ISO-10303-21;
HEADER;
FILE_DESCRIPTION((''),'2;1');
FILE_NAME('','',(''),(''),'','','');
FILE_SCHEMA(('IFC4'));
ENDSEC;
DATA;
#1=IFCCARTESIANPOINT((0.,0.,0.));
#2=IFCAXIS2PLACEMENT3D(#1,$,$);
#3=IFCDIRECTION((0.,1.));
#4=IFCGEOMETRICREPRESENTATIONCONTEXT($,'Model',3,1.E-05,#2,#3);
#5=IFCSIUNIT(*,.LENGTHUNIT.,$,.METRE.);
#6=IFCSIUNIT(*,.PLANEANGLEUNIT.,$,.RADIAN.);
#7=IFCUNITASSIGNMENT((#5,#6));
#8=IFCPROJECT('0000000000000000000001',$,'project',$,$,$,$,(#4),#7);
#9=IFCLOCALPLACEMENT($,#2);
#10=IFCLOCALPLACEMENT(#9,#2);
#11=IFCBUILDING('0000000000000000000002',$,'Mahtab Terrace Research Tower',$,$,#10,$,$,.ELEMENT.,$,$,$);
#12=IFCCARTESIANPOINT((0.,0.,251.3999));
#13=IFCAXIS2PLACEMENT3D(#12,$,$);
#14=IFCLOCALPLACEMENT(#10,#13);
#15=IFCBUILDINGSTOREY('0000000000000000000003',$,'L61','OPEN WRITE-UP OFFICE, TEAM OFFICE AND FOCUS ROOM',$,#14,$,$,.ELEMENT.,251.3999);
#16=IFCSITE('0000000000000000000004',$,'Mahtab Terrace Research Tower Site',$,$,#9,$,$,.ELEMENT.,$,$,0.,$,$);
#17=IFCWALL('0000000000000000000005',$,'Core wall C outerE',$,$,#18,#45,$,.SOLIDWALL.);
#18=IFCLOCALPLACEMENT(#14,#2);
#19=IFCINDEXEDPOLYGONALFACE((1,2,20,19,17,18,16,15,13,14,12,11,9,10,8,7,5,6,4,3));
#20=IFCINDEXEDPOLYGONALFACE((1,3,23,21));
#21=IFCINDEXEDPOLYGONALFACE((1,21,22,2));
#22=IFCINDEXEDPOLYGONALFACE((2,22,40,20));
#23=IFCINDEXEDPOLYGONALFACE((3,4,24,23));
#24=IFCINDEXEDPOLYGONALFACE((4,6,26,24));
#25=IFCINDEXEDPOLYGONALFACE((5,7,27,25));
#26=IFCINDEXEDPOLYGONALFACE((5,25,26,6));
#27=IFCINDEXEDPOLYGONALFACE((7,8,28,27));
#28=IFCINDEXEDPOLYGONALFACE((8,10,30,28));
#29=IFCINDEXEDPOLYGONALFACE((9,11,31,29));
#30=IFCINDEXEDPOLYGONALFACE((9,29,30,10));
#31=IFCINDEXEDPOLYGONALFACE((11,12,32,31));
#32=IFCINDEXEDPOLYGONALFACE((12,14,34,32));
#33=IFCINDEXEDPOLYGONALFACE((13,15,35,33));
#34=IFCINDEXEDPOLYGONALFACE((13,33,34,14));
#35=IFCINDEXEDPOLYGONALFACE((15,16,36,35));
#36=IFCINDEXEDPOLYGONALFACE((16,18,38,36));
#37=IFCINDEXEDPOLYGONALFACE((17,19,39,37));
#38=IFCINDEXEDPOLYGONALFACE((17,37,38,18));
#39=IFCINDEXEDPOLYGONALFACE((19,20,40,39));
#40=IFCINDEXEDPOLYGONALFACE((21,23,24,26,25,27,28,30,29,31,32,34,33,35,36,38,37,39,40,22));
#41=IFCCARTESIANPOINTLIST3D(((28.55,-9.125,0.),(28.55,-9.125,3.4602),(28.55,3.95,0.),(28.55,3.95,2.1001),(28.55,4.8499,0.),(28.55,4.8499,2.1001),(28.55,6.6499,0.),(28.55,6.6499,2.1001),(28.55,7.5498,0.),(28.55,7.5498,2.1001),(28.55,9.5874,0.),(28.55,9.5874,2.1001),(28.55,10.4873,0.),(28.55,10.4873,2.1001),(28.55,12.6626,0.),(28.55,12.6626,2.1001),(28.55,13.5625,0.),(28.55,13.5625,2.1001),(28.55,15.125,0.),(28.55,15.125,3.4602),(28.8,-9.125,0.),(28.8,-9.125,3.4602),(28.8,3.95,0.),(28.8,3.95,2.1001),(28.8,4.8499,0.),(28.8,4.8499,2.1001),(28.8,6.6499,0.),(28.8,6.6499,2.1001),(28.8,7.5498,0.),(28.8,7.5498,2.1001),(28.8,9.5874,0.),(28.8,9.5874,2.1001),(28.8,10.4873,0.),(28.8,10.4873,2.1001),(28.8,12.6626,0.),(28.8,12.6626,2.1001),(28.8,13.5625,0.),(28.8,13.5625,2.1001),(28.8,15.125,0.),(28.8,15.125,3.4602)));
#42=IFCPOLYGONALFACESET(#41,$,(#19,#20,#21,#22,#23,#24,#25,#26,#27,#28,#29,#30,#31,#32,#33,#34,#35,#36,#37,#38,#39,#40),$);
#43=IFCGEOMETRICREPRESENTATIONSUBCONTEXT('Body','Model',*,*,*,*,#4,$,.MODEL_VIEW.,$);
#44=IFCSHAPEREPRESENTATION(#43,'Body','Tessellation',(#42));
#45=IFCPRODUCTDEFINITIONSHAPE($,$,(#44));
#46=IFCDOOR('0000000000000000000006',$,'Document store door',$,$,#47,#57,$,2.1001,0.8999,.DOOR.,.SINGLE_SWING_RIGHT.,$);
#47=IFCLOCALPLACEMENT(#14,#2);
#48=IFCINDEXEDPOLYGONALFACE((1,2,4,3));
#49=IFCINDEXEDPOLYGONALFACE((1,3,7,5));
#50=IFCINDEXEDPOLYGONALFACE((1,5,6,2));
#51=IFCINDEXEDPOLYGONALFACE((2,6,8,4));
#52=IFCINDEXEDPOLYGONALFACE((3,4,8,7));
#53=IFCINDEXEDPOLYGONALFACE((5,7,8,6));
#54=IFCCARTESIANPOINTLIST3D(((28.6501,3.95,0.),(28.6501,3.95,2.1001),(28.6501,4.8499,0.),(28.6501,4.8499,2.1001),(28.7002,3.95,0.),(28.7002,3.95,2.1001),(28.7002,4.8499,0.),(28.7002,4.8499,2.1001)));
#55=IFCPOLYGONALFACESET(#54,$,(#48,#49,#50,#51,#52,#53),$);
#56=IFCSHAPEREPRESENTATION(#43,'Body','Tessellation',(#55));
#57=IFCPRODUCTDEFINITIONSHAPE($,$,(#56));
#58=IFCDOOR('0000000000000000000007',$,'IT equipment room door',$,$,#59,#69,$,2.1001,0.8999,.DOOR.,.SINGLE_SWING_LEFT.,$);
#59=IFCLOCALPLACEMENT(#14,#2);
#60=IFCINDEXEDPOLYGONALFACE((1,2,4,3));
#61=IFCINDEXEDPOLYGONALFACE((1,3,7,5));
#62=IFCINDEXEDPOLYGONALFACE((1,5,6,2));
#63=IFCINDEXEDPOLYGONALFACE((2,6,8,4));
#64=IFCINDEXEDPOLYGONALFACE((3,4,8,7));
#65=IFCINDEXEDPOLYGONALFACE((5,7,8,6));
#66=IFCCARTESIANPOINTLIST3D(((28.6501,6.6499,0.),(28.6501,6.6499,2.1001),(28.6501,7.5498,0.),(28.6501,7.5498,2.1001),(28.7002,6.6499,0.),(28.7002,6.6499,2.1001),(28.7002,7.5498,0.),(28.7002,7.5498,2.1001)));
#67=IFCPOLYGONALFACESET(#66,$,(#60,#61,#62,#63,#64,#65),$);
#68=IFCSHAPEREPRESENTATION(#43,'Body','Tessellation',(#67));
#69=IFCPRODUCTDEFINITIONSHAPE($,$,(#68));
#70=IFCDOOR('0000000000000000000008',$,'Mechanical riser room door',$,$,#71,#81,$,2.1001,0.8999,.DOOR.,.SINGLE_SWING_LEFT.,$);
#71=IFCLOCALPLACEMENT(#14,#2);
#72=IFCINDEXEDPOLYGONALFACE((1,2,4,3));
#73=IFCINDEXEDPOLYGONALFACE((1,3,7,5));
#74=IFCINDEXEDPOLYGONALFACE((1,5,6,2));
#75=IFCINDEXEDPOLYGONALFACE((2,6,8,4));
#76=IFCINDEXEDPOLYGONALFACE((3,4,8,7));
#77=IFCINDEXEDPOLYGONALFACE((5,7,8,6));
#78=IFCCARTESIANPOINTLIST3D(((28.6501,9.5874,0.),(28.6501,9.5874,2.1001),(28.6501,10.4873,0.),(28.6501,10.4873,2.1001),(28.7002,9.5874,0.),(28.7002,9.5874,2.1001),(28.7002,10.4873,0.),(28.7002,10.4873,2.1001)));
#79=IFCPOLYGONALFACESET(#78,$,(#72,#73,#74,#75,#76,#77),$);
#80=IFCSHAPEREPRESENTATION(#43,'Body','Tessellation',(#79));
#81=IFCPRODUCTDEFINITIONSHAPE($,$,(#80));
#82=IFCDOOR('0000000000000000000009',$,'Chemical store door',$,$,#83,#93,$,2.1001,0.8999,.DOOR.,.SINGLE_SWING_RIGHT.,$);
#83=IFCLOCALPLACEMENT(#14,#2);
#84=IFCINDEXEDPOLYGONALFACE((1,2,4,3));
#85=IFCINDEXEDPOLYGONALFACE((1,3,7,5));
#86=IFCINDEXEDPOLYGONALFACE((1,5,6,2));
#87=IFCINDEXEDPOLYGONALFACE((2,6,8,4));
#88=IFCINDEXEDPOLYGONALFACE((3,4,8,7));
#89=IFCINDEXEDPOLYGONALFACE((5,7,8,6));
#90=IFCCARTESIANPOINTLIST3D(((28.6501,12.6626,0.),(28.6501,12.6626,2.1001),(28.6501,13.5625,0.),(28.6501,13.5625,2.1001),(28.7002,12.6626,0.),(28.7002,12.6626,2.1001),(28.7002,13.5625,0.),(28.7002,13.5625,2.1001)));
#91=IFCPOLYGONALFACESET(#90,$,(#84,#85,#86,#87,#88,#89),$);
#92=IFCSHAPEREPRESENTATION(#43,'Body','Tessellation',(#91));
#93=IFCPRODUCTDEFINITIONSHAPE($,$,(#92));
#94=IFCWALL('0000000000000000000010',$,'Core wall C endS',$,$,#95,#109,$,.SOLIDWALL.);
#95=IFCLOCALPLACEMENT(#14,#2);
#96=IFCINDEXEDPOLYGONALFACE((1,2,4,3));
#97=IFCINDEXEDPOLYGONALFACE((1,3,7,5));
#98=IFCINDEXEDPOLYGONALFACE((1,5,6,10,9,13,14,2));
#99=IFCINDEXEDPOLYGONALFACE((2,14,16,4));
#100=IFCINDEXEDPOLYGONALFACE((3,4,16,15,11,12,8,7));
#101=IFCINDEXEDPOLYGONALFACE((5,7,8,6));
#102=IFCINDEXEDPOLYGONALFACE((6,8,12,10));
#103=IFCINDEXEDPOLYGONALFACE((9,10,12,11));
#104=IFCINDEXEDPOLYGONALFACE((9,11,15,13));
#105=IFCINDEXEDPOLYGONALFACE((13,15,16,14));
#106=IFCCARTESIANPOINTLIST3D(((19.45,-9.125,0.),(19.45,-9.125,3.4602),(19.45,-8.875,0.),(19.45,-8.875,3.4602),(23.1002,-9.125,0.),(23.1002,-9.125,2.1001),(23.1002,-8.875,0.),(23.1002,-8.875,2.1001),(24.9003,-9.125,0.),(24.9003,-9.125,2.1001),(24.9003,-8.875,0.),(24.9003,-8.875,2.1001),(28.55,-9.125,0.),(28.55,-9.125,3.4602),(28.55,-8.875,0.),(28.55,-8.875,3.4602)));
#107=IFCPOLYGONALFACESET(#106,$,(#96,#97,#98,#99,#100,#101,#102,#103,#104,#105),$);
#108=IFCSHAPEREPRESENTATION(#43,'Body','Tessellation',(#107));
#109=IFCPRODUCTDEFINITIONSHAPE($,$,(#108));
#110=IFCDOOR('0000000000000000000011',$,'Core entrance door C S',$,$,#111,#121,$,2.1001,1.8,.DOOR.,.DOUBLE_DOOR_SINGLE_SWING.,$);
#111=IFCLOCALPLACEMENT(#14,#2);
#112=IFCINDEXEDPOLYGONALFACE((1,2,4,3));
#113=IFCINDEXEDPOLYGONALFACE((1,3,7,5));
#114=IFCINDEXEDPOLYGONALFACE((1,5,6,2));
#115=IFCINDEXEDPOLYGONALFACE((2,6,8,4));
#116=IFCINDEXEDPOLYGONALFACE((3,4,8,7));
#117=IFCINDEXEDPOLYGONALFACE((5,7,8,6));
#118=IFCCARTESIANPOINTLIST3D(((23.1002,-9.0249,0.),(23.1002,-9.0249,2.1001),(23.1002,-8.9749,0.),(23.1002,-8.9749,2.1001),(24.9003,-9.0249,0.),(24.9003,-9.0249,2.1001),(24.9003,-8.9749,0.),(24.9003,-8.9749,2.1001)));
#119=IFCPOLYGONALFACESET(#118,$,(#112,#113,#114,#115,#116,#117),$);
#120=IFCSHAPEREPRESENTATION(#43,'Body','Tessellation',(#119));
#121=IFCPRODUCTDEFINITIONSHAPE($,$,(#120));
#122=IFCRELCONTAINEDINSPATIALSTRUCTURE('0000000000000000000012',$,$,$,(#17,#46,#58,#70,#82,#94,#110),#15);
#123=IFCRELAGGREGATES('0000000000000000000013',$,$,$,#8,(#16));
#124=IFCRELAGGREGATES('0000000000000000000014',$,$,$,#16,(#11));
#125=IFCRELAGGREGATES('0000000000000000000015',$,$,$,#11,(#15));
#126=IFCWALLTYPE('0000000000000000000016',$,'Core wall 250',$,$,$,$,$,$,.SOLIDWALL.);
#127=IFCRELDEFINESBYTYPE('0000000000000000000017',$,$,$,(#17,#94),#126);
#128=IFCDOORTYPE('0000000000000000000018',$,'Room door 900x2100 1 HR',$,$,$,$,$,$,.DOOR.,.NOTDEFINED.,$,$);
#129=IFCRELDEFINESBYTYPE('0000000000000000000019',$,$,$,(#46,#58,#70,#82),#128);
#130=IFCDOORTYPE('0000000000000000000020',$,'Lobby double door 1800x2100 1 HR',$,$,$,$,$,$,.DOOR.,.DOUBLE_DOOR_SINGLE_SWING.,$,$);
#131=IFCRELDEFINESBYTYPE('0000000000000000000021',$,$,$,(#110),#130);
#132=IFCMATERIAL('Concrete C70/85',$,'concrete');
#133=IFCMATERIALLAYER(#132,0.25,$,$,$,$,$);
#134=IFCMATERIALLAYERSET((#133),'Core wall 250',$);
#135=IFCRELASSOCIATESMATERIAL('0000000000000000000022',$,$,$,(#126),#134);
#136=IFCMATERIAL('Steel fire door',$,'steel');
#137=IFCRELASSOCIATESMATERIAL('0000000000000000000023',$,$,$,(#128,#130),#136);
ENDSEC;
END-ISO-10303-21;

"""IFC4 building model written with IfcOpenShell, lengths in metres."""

from ifc_helpers import new_model, si_unit, direction, frame, frame_2d, origin, place, context, subcontext, project, spatial, rectangle, extrude, material, layer, layer_set, type_object, element, fill, save


model = new_model("IFC4")

# Units and contexts
model_context = context("Model", 3, precision=1e-05, world=origin(), true_north=direction((0.0, 1.0)))
body_context = subcontext(model_context, "Body", "Model", "MODEL_VIEW")
ifc_project = project(units=[si_unit("LENGTHUNIT", "METRE"), si_unit("PLANEANGLEUNIT", "RADIAN")], contexts=[model_context])

# Site, building, storey
site_placement = place(None, origin())
site = spatial("IfcSite", under=ifc_project, at=site_placement, Name="Mahtab Terrace Research Tower Site", CompositionType="ELEMENT", RefElevation=0.0)
building_placement = place(site_placement, origin())
building = spatial("IfcBuilding", under=site, at=building_placement, Name="Mahtab Terrace Research Tower", CompositionType="ELEMENT")
storey_placement = place(building_placement, frame((0.0, 0.0, 251.3999)))
storey = spatial("IfcBuildingStorey", under=building, at=storey_placement, Name="L61", Description="OPEN WRITE-UP OFFICE, TEAM OFFICE AND FOCUS ROOM", CompositionType="ELEMENT", Elevation=251.3999)

# Shared definitions
ifc_material_1 = material(Name="Concrete C70/85", Category="concrete")

# Wall, openings, doors
ifc_layer_1 = layer(ifc_material_1, 0.25)
ifc_layer_set_1 = layer_set([ifc_layer_1], Name="Core wall 250")
wall_type_1 = type_object("IfcWallType", Name="Core wall 250", PredefinedType="SOLIDWALL", material=ifc_layer_set_1)
wall_1_placement = place(storey_placement, frame((28.675, -9.125, 0.0), z_axis=(0.0, 0.0, 1.0), x_axis=(0.0, 1.0, 0.0)))
wall_1 = element("IfcWall", 1, at=wall_1_placement, inside=storey, type_object=wall_type_1, Name="Core wall C outerE", PredefinedType="SOLIDWALL", context=body_context, shape_type="SweptSolid", body=[
    extrude(rectangle(XDim=24.25, YDim=0.25, at=frame_2d((12.125, 0.0))), origin(), (0.0, 0.0, 1.0), 3.4602),
])
opening_1_placement = place(wall_1_placement, frame((13.075, 0.0, 0.0)))
opening_1 = element("IfcOpeningElement", 2, at=opening_1_placement, cuts=wall_1, PredefinedType="OPENING", context=body_context, shape_type="SweptSolid", body=[
    extrude(rectangle(XDim=0.8999, YDim=2.1001, at=frame_2d((0.45, 1.05))), frame((0.0, 0.135, 0.0), z_axis=(0.0, -1.0, 0.0), x_axis=(1.0, 0.0, 0.0)), (0.0, 0.0, 1.0), 0.27),
])
opening_2_placement = place(wall_1_placement, frame((15.7749, 0.0, 0.0)))
opening_2 = element("IfcOpeningElement", 3, at=opening_2_placement, cuts=wall_1, PredefinedType="OPENING", context=body_context, shape_type="SweptSolid", body=[
    extrude(rectangle(XDim=0.8999, YDim=2.1001, at=frame_2d((0.45, 1.05))), frame((0.0, 0.135, 0.0), z_axis=(0.0, -1.0, 0.0), x_axis=(1.0, 0.0, 0.0)), (0.0, 0.0, 1.0), 0.27),
])
opening_3_placement = place(wall_1_placement, frame((18.7124, 0.0, 0.0)))
opening_3 = element("IfcOpeningElement", 4, at=opening_3_placement, cuts=wall_1, PredefinedType="OPENING", context=body_context, shape_type="SweptSolid", body=[
    extrude(rectangle(XDim=0.8999, YDim=2.1001, at=frame_2d((0.45, 1.05))), frame((0.0, 0.135, 0.0), z_axis=(0.0, -1.0, 0.0), x_axis=(1.0, 0.0, 0.0)), (0.0, 0.0, 1.0), 0.27),
])
opening_4_placement = place(wall_1_placement, frame((21.7876, 0.0, 0.0)))
opening_4 = element("IfcOpeningElement", 5, at=opening_4_placement, cuts=wall_1, PredefinedType="OPENING", context=body_context, shape_type="SweptSolid", body=[
    extrude(rectangle(XDim=0.8999, YDim=2.1001, at=frame_2d((0.45, 1.05))), frame((0.0, 0.135, 0.0), z_axis=(0.0, -1.0, 0.0), x_axis=(1.0, 0.0, 0.0)), (0.0, 0.0, 1.0), 0.27),
])
ifc_material_2 = material(Name="Steel fire door", Category="steel")
door_type_1 = type_object("IfcDoorType", Name="Room door 900x2100 1 HR", OperationType="NOTDEFINED", PredefinedType="DOOR", material=ifc_material_2)
door_1_placement = place(opening_1_placement, origin())
door_1 = element("IfcDoor", 6, at=door_1_placement, inside=storey, type_object=door_type_1, Name="Document store door", OperationType="SINGLE_SWING_RIGHT", OverallHeight=2.1001, OverallWidth=0.8999, PredefinedType="DOOR", context=body_context, shape_type="SweptSolid", body=[
    extrude(rectangle(XDim=0.8999, YDim=2.1001, at=frame_2d((0.45, 1.05))), frame((0.0, 0.0249, 0.0), z_axis=(0.0, -1.0, 0.0), x_axis=(1.0, 0.0, 0.0)), (0.0, 0.0, 1.0), 0.05),
])
fill(opening_1, door_1)
door_2_placement = place(opening_2_placement, origin())
door_2 = element("IfcDoor", 7, at=door_2_placement, inside=storey, type_object=door_type_1, Name="IT equipment room door", OperationType="SINGLE_SWING_LEFT", OverallHeight=2.1001, OverallWidth=0.8999, PredefinedType="DOOR", context=body_context, shape_type="SweptSolid", body=[
    extrude(rectangle(XDim=0.8999, YDim=2.1001, at=frame_2d((0.45, 1.05))), frame((0.0, 0.0249, 0.0), z_axis=(0.0, -1.0, 0.0), x_axis=(1.0, 0.0, 0.0)), (0.0, 0.0, 1.0), 0.05),
])
fill(opening_2, door_2)
door_3_placement = place(opening_3_placement, origin())
door_3 = element("IfcDoor", 8, at=door_3_placement, inside=storey, type_object=door_type_1, Name="Mechanical riser room door", OperationType="SINGLE_SWING_LEFT", OverallHeight=2.1001, OverallWidth=0.8999, PredefinedType="DOOR", context=body_context, shape_type="SweptSolid", body=[
    extrude(rectangle(XDim=0.8999, YDim=2.1001, at=frame_2d((0.45, 1.05))), frame((0.0, 0.0249, 0.0), z_axis=(0.0, -1.0, 0.0), x_axis=(1.0, 0.0, 0.0)), (0.0, 0.0, 1.0), 0.05),
])
fill(opening_3, door_3)
door_4_placement = place(opening_4_placement, origin())
door_4 = element("IfcDoor", 9, at=door_4_placement, inside=storey, type_object=door_type_1, Name="Chemical store door", OperationType="SINGLE_SWING_RIGHT", OverallHeight=2.1001, OverallWidth=0.8999, PredefinedType="DOOR", context=body_context, shape_type="SweptSolid", body=[
    extrude(rectangle(XDim=0.8999, YDim=2.1001, at=frame_2d((0.45, 1.05))), frame((0.0, 0.0249, 0.0), z_axis=(0.0, -1.0, 0.0), x_axis=(1.0, 0.0, 0.0)), (0.0, 0.0, 1.0), 0.05),
])
fill(opening_4, door_4)

# Wall, opening, door
wall_2_placement = place(storey_placement, frame((28.55, -9.0, 0.0), z_axis=(0.0, 0.0, 1.0), x_axis=(-1.0, 0.0, 0.0)))
wall_2 = element("IfcWall", 10, at=wall_2_placement, inside=storey, type_object=wall_type_1, Name="Core wall C endS", PredefinedType="SOLIDWALL", context=body_context, shape_type="SweptSolid", body=[
    extrude(rectangle(XDim=9.1001, YDim=0.25, at=frame_2d((4.55, 0.0))), origin(), (0.0, 0.0, 1.0), 3.4602),
])
opening_5_placement = place(wall_2_placement, frame((3.6499, 0.0, 0.0)))
opening_5 = element("IfcOpeningElement", 11, at=opening_5_placement, cuts=wall_2, PredefinedType="OPENING", context=body_context, shape_type="SweptSolid", body=[
    extrude(rectangle(XDim=1.8, YDim=2.1001, at=frame_2d((0.8999, 1.05))), frame((0.0, 0.135, 0.0), z_axis=(0.0, -1.0, 0.0), x_axis=(1.0, 0.0, 0.0)), (0.0, 0.0, 1.0), 0.27),
])
door_type_2 = type_object("IfcDoorType", Name="Lobby double door 1800x2100 1 HR", OperationType="DOUBLE_DOOR_SINGLE_SWING", PredefinedType="DOOR", material=ifc_material_2)
door_5_placement = place(opening_5_placement, origin())
door_5 = element("IfcDoor", 12, at=door_5_placement, inside=storey, type_object=door_type_2, Name="Core entrance door C S", OperationType="DOUBLE_DOOR_SINGLE_SWING", OverallHeight=2.1001, OverallWidth=1.8, PredefinedType="DOOR", context=body_context, shape_type="SweptSolid", body=[
    extrude(rectangle(XDim=1.8, YDim=2.1001, at=frame_2d((0.8999, 1.05))), frame((0.0, 0.0249, 0.0), z_axis=(0.0, -1.0, 0.0), x_axis=(1.0, 0.0, 0.0)), (0.0, 0.0, 1.0), 0.05),
])
fill(opening_5, door_5)

save(model, "model.ifc")
